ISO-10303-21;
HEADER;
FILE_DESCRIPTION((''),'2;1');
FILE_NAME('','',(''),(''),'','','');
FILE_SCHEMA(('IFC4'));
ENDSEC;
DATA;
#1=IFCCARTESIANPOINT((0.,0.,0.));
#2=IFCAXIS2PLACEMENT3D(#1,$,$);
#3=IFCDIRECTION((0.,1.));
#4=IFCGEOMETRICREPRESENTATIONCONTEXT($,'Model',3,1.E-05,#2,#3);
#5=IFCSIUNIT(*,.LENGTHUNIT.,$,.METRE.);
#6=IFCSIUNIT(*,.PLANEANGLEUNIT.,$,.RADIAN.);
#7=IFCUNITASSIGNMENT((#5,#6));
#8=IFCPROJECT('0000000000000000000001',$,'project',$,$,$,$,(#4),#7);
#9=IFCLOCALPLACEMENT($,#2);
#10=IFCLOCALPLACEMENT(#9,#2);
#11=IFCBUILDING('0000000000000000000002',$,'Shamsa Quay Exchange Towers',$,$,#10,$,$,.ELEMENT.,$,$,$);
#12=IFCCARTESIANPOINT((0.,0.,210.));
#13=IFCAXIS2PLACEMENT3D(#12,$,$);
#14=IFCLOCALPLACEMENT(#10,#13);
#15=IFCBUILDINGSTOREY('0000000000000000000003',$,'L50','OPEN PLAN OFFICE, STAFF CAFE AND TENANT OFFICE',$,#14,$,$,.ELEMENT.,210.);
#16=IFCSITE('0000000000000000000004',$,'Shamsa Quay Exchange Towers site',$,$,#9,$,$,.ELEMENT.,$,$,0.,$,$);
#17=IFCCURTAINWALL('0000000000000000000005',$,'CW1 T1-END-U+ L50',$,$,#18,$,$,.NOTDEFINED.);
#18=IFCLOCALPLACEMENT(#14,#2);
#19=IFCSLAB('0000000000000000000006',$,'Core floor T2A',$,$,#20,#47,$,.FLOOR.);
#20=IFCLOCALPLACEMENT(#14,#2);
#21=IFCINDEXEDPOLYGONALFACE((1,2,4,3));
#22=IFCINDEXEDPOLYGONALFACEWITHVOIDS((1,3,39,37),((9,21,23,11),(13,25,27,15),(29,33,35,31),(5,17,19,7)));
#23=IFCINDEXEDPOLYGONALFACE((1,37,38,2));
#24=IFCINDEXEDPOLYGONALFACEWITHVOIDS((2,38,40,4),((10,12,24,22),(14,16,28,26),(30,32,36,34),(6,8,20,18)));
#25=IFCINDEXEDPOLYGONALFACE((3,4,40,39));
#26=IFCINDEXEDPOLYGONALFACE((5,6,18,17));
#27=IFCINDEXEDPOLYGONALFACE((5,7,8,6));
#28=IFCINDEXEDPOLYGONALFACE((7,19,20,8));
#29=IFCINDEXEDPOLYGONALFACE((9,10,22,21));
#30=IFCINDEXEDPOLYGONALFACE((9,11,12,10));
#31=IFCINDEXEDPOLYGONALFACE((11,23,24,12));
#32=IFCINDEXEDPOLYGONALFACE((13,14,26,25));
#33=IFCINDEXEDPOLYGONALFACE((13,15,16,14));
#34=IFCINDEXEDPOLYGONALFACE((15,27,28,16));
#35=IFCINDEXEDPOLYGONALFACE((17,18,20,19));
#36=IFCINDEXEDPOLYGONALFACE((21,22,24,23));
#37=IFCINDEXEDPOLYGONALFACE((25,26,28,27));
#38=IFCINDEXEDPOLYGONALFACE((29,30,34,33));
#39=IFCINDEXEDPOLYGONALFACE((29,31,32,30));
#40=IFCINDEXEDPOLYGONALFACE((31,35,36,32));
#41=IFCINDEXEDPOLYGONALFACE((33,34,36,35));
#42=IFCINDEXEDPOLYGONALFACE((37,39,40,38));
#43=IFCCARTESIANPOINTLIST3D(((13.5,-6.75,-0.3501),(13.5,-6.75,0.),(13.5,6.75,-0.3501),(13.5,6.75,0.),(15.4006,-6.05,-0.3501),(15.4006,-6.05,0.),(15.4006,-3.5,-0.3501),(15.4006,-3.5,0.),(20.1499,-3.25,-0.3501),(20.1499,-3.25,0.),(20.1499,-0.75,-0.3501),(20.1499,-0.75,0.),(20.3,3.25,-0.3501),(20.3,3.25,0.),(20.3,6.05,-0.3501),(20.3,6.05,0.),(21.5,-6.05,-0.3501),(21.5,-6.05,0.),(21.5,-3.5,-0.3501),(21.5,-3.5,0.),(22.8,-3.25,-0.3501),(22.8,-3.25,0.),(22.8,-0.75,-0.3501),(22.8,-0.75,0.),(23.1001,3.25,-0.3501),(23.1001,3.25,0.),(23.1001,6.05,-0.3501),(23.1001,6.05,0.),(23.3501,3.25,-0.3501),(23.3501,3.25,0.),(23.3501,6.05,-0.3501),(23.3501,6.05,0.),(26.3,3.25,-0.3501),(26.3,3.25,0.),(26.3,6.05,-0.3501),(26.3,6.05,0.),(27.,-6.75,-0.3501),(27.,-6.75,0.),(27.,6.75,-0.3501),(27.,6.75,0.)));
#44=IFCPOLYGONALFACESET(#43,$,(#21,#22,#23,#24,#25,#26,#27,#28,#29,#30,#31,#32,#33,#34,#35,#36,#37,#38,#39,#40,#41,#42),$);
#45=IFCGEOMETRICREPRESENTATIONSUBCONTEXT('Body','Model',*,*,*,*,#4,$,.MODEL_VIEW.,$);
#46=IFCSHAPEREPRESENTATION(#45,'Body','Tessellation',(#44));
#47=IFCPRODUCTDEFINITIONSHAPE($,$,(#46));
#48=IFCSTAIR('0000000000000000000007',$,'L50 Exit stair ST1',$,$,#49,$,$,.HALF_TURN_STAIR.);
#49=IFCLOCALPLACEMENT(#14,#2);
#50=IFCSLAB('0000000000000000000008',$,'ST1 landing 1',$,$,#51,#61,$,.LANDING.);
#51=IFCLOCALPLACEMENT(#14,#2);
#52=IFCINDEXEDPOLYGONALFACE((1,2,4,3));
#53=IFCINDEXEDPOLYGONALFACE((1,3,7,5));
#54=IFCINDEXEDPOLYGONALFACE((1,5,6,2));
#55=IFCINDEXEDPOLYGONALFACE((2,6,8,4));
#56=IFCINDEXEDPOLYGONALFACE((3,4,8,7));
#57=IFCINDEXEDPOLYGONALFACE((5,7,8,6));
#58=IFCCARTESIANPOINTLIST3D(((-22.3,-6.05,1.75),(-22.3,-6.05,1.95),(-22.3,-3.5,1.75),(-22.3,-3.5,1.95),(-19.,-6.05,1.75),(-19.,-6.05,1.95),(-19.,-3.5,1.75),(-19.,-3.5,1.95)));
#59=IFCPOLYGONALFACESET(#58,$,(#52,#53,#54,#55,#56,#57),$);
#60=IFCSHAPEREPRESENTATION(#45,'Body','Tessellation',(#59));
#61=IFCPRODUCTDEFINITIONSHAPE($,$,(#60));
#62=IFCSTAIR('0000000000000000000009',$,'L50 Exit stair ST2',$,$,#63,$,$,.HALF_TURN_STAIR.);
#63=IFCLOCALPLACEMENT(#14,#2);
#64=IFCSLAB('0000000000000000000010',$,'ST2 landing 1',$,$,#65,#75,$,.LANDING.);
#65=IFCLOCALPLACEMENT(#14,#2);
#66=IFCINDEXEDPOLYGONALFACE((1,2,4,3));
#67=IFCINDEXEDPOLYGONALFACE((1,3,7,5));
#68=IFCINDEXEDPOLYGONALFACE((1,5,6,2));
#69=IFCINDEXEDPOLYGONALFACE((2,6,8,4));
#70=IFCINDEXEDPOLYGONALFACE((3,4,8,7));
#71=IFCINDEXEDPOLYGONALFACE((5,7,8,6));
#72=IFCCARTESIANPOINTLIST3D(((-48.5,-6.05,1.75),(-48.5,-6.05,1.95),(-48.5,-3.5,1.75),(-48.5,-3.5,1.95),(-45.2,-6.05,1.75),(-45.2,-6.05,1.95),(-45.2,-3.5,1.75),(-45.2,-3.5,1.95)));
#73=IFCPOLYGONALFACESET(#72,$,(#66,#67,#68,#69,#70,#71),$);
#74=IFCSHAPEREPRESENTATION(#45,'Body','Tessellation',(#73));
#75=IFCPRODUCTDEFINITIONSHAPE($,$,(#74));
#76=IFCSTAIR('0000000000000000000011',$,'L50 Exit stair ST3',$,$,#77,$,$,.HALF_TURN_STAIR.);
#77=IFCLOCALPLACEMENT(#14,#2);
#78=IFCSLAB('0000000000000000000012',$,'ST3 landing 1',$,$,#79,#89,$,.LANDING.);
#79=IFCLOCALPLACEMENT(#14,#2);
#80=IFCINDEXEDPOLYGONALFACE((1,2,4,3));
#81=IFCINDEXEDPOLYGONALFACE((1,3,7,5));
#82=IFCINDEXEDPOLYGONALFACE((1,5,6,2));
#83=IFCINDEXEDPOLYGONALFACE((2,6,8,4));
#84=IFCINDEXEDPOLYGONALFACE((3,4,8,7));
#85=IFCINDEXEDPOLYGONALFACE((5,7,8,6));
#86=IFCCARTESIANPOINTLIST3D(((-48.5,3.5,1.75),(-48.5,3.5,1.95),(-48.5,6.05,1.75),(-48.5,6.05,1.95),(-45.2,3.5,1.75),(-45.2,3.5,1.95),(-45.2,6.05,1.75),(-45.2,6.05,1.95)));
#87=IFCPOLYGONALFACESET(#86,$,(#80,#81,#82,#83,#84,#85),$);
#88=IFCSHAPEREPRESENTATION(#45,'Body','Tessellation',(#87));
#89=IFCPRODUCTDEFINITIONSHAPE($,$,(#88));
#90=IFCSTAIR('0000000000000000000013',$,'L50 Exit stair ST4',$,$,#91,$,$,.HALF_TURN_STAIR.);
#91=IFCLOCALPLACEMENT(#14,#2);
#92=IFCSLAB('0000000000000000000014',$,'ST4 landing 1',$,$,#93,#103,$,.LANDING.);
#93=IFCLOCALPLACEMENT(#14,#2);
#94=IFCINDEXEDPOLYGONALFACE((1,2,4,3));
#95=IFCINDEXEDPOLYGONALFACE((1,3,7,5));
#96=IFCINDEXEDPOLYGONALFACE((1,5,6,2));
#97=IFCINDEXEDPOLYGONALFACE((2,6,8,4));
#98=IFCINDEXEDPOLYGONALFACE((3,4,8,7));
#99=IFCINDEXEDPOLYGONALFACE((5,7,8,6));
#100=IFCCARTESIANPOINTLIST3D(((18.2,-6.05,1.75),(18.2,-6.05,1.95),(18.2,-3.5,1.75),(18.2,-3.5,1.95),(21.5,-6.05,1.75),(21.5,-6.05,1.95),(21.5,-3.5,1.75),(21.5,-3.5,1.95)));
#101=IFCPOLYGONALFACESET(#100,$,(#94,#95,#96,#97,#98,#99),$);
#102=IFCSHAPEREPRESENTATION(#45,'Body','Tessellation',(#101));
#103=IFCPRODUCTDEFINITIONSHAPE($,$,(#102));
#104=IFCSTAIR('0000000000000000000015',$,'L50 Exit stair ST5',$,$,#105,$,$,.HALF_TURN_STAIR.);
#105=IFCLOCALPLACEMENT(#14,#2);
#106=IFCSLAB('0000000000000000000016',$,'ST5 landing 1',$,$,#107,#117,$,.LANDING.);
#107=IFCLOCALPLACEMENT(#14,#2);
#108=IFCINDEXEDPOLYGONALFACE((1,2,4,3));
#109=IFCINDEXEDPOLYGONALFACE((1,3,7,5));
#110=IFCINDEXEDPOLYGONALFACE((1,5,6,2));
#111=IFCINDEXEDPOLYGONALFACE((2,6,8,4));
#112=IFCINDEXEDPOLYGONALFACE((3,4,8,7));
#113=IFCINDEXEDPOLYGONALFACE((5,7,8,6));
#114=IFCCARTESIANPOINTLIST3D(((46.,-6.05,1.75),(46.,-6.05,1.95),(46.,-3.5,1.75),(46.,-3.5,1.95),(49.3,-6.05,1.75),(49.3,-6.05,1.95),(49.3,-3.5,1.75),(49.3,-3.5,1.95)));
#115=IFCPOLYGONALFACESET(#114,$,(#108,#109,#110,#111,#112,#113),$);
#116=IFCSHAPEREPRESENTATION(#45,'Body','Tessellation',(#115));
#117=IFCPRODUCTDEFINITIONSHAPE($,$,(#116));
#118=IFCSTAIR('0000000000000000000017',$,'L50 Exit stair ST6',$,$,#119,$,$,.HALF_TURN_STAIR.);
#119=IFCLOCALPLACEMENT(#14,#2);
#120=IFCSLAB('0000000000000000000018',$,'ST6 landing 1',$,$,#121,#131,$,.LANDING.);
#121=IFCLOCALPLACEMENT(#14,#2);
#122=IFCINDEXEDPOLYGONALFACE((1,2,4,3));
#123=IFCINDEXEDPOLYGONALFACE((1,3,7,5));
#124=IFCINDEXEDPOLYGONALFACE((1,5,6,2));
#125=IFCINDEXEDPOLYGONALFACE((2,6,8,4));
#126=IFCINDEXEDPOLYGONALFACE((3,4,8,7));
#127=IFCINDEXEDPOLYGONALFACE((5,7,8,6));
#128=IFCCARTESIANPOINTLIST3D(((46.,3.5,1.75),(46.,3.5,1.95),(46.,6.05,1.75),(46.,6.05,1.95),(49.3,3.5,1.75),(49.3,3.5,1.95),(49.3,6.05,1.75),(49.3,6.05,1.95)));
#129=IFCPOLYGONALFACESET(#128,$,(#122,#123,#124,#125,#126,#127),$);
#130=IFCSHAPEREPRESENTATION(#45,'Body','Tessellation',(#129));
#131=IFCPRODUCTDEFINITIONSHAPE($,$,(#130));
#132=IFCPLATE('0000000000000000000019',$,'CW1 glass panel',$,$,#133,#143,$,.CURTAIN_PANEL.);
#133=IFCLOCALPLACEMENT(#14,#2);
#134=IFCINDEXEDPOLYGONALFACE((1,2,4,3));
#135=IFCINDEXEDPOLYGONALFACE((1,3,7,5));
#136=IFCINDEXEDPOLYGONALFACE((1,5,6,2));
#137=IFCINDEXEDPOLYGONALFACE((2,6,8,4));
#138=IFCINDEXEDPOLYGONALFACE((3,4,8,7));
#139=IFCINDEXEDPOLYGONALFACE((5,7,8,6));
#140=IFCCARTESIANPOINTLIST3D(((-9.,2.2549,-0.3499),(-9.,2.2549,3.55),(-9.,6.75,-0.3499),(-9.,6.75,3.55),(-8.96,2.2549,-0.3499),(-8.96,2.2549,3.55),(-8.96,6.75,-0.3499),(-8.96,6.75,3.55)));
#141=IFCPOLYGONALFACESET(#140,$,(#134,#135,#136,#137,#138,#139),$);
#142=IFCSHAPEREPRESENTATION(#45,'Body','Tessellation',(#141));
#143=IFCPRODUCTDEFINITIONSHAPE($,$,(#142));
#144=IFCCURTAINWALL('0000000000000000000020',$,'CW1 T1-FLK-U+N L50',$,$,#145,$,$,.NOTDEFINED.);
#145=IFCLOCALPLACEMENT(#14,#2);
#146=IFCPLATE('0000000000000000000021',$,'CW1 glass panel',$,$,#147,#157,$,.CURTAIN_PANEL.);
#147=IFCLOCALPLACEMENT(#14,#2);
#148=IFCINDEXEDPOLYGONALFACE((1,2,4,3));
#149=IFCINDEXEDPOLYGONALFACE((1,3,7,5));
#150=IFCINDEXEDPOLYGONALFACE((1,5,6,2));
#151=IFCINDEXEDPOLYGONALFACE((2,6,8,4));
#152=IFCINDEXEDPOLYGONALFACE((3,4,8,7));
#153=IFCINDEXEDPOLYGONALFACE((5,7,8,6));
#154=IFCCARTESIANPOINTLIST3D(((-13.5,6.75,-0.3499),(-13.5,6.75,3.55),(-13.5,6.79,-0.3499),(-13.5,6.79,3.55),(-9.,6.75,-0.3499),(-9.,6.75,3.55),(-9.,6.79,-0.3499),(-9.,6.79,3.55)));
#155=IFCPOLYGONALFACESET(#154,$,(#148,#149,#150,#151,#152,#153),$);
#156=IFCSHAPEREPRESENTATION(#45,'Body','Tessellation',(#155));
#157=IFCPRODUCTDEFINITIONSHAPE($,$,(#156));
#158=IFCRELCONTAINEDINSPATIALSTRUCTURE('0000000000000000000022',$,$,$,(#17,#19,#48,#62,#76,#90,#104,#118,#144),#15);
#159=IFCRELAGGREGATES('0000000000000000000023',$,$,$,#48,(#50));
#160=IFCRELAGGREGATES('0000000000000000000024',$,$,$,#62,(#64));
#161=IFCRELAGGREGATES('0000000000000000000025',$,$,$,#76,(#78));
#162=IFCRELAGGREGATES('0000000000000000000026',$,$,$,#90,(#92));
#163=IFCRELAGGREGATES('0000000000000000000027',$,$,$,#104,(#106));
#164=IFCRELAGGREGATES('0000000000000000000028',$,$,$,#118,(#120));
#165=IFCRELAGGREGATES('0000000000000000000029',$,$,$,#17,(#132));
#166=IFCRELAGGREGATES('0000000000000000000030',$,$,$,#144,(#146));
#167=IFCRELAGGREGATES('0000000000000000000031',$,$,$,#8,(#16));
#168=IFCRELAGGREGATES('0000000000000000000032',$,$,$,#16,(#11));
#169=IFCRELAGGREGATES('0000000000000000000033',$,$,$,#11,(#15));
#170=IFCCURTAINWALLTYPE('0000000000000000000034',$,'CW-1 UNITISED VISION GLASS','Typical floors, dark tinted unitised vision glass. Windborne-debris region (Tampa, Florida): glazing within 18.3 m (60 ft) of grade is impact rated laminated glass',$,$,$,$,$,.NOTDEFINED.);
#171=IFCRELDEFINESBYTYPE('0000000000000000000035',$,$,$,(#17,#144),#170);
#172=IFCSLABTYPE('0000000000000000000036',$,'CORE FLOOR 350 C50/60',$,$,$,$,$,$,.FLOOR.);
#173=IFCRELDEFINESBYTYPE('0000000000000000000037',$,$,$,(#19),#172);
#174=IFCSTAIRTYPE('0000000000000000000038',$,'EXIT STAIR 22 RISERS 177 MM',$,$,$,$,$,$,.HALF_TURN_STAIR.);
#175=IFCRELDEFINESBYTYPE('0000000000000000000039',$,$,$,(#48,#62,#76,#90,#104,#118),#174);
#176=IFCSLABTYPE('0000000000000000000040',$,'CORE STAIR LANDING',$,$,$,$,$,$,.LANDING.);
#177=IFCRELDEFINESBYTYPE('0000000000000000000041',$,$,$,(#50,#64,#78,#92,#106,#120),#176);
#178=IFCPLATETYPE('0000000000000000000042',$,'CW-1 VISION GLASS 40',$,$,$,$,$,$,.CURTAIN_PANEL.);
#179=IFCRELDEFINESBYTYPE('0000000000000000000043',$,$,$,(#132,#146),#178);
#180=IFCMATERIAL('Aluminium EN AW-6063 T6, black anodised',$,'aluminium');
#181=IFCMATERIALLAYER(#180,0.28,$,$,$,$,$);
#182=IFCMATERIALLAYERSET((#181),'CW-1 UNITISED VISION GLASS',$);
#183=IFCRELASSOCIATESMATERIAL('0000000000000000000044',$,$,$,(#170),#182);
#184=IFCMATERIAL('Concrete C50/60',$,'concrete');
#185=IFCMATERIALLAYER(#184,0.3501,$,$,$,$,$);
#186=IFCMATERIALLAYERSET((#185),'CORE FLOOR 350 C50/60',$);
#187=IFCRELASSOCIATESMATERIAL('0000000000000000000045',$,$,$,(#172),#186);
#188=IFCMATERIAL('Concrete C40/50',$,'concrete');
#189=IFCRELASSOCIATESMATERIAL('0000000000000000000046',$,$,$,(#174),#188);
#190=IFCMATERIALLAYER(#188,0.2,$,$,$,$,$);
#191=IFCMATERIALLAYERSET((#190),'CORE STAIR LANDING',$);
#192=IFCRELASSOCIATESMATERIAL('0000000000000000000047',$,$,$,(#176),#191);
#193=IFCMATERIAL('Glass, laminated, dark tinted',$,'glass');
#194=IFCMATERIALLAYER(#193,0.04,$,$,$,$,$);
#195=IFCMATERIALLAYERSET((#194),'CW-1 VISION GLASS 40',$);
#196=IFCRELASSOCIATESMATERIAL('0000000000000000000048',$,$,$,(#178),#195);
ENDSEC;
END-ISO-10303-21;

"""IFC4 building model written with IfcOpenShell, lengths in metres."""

from ifc_helpers import new_model, si_unit, direction, frame, origin, origin_2d, place, context, subcontext, project, spatial, polyline, rectangle, outline, extrude, material, layer, layer_set, type_object, element, aggregate, save


model = new_model("IFC4")

# Units and contexts
model_context = context("Model", 3, precision=1e-05, world=origin(), true_north=direction((0.0, 1.0)))
body_context = subcontext(model_context, "Body", "Model", "MODEL_VIEW")
ifc_project = project(units=[si_unit("LENGTHUNIT", "METRE"), si_unit("PLANEANGLEUNIT", "RADIAN")], contexts=[model_context])

# Site, building, storey
site_placement = place(None, origin())
site = spatial("IfcSite", under=ifc_project, at=site_placement, Name="Shamsa Quay Exchange Towers site", CompositionType="ELEMENT", RefElevation=0.0)
building_placement = place(site_placement, origin())
building = spatial("IfcBuilding", under=site, at=building_placement, Name="Shamsa Quay Exchange Towers", CompositionType="ELEMENT")
storey_placement = place(building_placement, frame((0.0, 0.0, 210.0)))
storey = spatial("IfcBuildingStorey", under=building, at=storey_placement, Name="L50", Description="OPEN PLAN OFFICE, STAFF CAFE AND TENANT OFFICE", CompositionType="ELEMENT", Elevation=210.0)

# Curtain wall
ifc_material_1 = material(Name="Aluminium EN AW-6063 T6, black anodised", Category="aluminium")
ifc_layer_1 = layer(ifc_material_1, 0.28)
ifc_layer_set_1 = layer_set([ifc_layer_1], Name="CW-1 UNITISED VISION GLASS")
curtain_wall_type = type_object("IfcCurtainWallType", Name="CW-1 UNITISED VISION GLASS", Description="Typical floors, dark tinted unitised vision glass. Windborne-debris region (Tampa, Florida): glazing within 18.3 m (60 ft) of grade is impact rated laminated glass", PredefinedType="NOTDEFINED", material=ifc_layer_set_1)
curtain_wall_1_placement = place(storey_placement, origin())
curtain_wall_1 = element("IfcCurtainWall", 1, at=curtain_wall_1_placement, inside=storey, type_object=curtain_wall_type, Name="CW1 T1-END-U+ L50", PredefinedType="NOTDEFINED")

# Slab
ifc_material_2 = material(Name="Concrete C50/60", Category="concrete")
ifc_layer_2 = layer(ifc_material_2, 0.3501)
ifc_layer_set_2 = layer_set([ifc_layer_2], Name="CORE FLOOR 350 C50/60")
slab_type_1 = type_object("IfcSlabType", Name="CORE FLOOR 350 C50/60", PredefinedType="FLOOR", material=ifc_layer_set_2)
slab_1_placement = place(storey_placement, frame((0.0, 0.0, -0.3501)))
element("IfcSlab", 2, at=slab_1_placement, inside=storey, type_object=slab_type_1, Name="Core floor T2A", PredefinedType="FLOOR", context=body_context, shape_type="SweptSolid", body=[
    extrude(outline(polyline([(13.5, -6.75), (27.0, -6.75), (27.0, 6.75), (13.5, 6.75), (13.5, -6.75)]), holes=[polyline([(15.4006, -6.05), (15.4006, -3.5), (21.5, -3.5), (21.5, -6.05), (15.4006, -6.05)]), polyline([(20.3, 3.25), (20.3, 6.05), (23.1001, 6.05), (23.1001, 3.25), (20.3, 3.25)]), polyline([(23.3501, 3.25), (23.3501, 6.05), (26.3, 6.05), (26.3, 3.25), (23.3501, 3.25)]), polyline([(20.1499, -3.25), (20.1499, -0.75), (22.8, -0.75), (22.8, -3.25), (20.1499, -3.25)])]), origin(), (0.0, 0.0, 1.0), 0.3501),
])

# Stairs, slabs
ifc_material_3 = material(Name="Concrete C40/50", Category="concrete")
stair_type = type_object("IfcStairType", Name="EXIT STAIR 22 RISERS 177 MM", PredefinedType="HALF_TURN_STAIR", material=ifc_material_3)
stair_1_placement = place(storey_placement, origin())
stair_1 = element("IfcStair", 3, at=stair_1_placement, inside=storey, type_object=stair_type, Name="L50 Exit stair ST1", PredefinedType="HALF_TURN_STAIR")
ifc_layer_3 = layer(ifc_material_3, 0.2)
ifc_layer_set_3 = layer_set([ifc_layer_3], Name="CORE STAIR LANDING")
slab_type_2 = type_object("IfcSlabType", Name="CORE STAIR LANDING", PredefinedType="LANDING", material=ifc_layer_set_3)
slab_2_placement = place(storey_placement, frame((0.0, 0.0, 1.75)))
slab_2 = element("IfcSlab", 4, at=slab_2_placement, type_object=slab_type_2, Name="ST1 landing 1", PredefinedType="LANDING", context=body_context, shape_type="SweptSolid", body=[
    extrude(outline(polyline([(-22.3, -6.05), (-19.0, -6.05), (-19.0, -3.5), (-22.3, -3.5), (-22.3, -6.05)])), origin(), (0.0, 0.0, 1.0), 0.2),
])
aggregate(stair_1, [slab_2])
stair_2_placement = place(storey_placement, origin())
stair_2 = element("IfcStair", 5, at=stair_2_placement, inside=storey, type_object=stair_type, Name="L50 Exit stair ST2", PredefinedType="HALF_TURN_STAIR")
slab_3_placement = place(storey_placement, frame((0.0, 0.0, 1.75)))
slab_3 = element("IfcSlab", 6, at=slab_3_placement, type_object=slab_type_2, Name="ST2 landing 1", PredefinedType="LANDING", context=body_context, shape_type="SweptSolid", body=[
    extrude(outline(polyline([(-45.2, -3.5), (-48.5, -3.5), (-48.5, -6.05), (-45.2, -6.05), (-45.2, -3.5)])), origin(), (0.0, 0.0, 1.0), 0.2),
])
aggregate(stair_2, [slab_3])
stair_3_placement = place(storey_placement, origin())
stair_3 = element("IfcStair", 7, at=stair_3_placement, inside=storey, type_object=stair_type, Name="L50 Exit stair ST3", PredefinedType="HALF_TURN_STAIR")
slab_4_placement = place(storey_placement, frame((0.0, 0.0, 1.75)))
slab_4 = element("IfcSlab", 8, at=slab_4_placement, type_object=slab_type_2, Name="ST3 landing 1", PredefinedType="LANDING", context=body_context, shape_type="SweptSolid", body=[
    extrude(outline(polyline([(-45.2, 6.05), (-48.5, 6.05), (-48.5, 3.5), (-45.2, 3.5), (-45.2, 6.05)])), origin(), (0.0, 0.0, 1.0), 0.2),
])
aggregate(stair_3, [slab_4])
stair_4_placement = place(storey_placement, origin())
stair_4 = element("IfcStair", 9, at=stair_4_placement, inside=storey, type_object=stair_type, Name="L50 Exit stair ST4", PredefinedType="HALF_TURN_STAIR")
slab_5_placement = place(storey_placement, frame((0.0, 0.0, 1.75)))
slab_5 = element("IfcSlab", 10, at=slab_5_placement, type_object=slab_type_2, Name="ST4 landing 1", PredefinedType="LANDING", context=body_context, shape_type="SweptSolid", body=[
    extrude(outline(polyline([(18.2, -6.05), (21.5, -6.05), (21.5, -3.5), (18.2, -3.5), (18.2, -6.05)])), origin(), (0.0, 0.0, 1.0), 0.2),
])
aggregate(stair_4, [slab_5])
stair_5_placement = place(storey_placement, origin())
stair_5 = element("IfcStair", 11, at=stair_5_placement, inside=storey, type_object=stair_type, Name="L50 Exit stair ST5", PredefinedType="HALF_TURN_STAIR")
slab_6_placement = place(storey_placement, frame((0.0, 0.0, 1.75)))
slab_6 = element("IfcSlab", 12, at=slab_6_placement, type_object=slab_type_2, Name="ST5 landing 1", PredefinedType="LANDING", context=body_context, shape_type="SweptSolid", body=[
    extrude(outline(polyline([(49.3, -3.5), (46.0, -3.5), (46.0, -6.05), (49.3, -6.05), (49.3, -3.5)])), origin(), (0.0, 0.0, 1.0), 0.2),
])
aggregate(stair_5, [slab_6])
stair_6_placement = place(storey_placement, origin())
stair_6 = element("IfcStair", 13, at=stair_6_placement, inside=storey, type_object=stair_type, Name="L50 Exit stair ST6", PredefinedType="HALF_TURN_STAIR")
slab_7_placement = place(storey_placement, frame((0.0, 0.0, 1.75)))
slab_7 = element("IfcSlab", 14, at=slab_7_placement, type_object=slab_type_2, Name="ST6 landing 1", PredefinedType="LANDING", context=body_context, shape_type="SweptSolid", body=[
    extrude(outline(polyline([(49.3, 6.05), (46.0, 6.05), (46.0, 3.5), (49.3, 3.5), (49.3, 6.05)])), origin(), (0.0, 0.0, 1.0), 0.2),
])
aggregate(stair_6, [slab_7])

# Plate
ifc_material_4 = material(Name="Glass, laminated, dark tinted", Category="glass")
ifc_layer_4 = layer(ifc_material_4, 0.04)
ifc_layer_set_4 = layer_set([ifc_layer_4], Name="CW-1 VISION GLASS 40")
plate_type = type_object("IfcPlateType", Name="CW-1 VISION GLASS 40", PredefinedType="CURTAIN_PANEL", material=ifc_layer_set_4)
plate_1_placement = place(storey_placement, frame((-8.98, 4.5024, -0.3499), z_axis=(0.0, 0.0, 1.0), x_axis=(0.0, 1.0, 0.0)))
plate_1 = element("IfcPlate", 15, at=plate_1_placement, type_object=plate_type, Name="CW1 glass panel", PredefinedType="CURTAIN_PANEL", context=body_context, shape_type="SweptSolid", body=[
    extrude(rectangle(XDim=4.4951, YDim=0.04, at=origin_2d()), origin(), (0.0, 0.0, 1.0), 3.8999),
])
aggregate(curtain_wall_1, [plate_1])

# Curtain wall, plate
curtain_wall_2_placement = place(storey_placement, origin())
curtain_wall_2 = element("IfcCurtainWall", 16, at=curtain_wall_2_placement, inside=storey, type_object=curtain_wall_type, Name="CW1 T1-FLK-U+N L50", PredefinedType="NOTDEFINED")
plate_2_placement = place(storey_placement, frame((-11.25, 6.77, -0.3499), z_axis=(0.0, 0.0, 1.0), x_axis=(-1.0, 0.0, 0.0)))
plate_2 = element("IfcPlate", 17, at=plate_2_placement, type_object=plate_type, Name="CW1 glass panel", PredefinedType="CURTAIN_PANEL", context=body_context, shape_type="SweptSolid", body=[
    extrude(rectangle(XDim=4.5, YDim=0.04, at=origin_2d()), origin(), (0.0, 0.0, 1.0), 3.8999),
])
aggregate(curtain_wall_2, [plate_2])

save(model, "model.ifc")
